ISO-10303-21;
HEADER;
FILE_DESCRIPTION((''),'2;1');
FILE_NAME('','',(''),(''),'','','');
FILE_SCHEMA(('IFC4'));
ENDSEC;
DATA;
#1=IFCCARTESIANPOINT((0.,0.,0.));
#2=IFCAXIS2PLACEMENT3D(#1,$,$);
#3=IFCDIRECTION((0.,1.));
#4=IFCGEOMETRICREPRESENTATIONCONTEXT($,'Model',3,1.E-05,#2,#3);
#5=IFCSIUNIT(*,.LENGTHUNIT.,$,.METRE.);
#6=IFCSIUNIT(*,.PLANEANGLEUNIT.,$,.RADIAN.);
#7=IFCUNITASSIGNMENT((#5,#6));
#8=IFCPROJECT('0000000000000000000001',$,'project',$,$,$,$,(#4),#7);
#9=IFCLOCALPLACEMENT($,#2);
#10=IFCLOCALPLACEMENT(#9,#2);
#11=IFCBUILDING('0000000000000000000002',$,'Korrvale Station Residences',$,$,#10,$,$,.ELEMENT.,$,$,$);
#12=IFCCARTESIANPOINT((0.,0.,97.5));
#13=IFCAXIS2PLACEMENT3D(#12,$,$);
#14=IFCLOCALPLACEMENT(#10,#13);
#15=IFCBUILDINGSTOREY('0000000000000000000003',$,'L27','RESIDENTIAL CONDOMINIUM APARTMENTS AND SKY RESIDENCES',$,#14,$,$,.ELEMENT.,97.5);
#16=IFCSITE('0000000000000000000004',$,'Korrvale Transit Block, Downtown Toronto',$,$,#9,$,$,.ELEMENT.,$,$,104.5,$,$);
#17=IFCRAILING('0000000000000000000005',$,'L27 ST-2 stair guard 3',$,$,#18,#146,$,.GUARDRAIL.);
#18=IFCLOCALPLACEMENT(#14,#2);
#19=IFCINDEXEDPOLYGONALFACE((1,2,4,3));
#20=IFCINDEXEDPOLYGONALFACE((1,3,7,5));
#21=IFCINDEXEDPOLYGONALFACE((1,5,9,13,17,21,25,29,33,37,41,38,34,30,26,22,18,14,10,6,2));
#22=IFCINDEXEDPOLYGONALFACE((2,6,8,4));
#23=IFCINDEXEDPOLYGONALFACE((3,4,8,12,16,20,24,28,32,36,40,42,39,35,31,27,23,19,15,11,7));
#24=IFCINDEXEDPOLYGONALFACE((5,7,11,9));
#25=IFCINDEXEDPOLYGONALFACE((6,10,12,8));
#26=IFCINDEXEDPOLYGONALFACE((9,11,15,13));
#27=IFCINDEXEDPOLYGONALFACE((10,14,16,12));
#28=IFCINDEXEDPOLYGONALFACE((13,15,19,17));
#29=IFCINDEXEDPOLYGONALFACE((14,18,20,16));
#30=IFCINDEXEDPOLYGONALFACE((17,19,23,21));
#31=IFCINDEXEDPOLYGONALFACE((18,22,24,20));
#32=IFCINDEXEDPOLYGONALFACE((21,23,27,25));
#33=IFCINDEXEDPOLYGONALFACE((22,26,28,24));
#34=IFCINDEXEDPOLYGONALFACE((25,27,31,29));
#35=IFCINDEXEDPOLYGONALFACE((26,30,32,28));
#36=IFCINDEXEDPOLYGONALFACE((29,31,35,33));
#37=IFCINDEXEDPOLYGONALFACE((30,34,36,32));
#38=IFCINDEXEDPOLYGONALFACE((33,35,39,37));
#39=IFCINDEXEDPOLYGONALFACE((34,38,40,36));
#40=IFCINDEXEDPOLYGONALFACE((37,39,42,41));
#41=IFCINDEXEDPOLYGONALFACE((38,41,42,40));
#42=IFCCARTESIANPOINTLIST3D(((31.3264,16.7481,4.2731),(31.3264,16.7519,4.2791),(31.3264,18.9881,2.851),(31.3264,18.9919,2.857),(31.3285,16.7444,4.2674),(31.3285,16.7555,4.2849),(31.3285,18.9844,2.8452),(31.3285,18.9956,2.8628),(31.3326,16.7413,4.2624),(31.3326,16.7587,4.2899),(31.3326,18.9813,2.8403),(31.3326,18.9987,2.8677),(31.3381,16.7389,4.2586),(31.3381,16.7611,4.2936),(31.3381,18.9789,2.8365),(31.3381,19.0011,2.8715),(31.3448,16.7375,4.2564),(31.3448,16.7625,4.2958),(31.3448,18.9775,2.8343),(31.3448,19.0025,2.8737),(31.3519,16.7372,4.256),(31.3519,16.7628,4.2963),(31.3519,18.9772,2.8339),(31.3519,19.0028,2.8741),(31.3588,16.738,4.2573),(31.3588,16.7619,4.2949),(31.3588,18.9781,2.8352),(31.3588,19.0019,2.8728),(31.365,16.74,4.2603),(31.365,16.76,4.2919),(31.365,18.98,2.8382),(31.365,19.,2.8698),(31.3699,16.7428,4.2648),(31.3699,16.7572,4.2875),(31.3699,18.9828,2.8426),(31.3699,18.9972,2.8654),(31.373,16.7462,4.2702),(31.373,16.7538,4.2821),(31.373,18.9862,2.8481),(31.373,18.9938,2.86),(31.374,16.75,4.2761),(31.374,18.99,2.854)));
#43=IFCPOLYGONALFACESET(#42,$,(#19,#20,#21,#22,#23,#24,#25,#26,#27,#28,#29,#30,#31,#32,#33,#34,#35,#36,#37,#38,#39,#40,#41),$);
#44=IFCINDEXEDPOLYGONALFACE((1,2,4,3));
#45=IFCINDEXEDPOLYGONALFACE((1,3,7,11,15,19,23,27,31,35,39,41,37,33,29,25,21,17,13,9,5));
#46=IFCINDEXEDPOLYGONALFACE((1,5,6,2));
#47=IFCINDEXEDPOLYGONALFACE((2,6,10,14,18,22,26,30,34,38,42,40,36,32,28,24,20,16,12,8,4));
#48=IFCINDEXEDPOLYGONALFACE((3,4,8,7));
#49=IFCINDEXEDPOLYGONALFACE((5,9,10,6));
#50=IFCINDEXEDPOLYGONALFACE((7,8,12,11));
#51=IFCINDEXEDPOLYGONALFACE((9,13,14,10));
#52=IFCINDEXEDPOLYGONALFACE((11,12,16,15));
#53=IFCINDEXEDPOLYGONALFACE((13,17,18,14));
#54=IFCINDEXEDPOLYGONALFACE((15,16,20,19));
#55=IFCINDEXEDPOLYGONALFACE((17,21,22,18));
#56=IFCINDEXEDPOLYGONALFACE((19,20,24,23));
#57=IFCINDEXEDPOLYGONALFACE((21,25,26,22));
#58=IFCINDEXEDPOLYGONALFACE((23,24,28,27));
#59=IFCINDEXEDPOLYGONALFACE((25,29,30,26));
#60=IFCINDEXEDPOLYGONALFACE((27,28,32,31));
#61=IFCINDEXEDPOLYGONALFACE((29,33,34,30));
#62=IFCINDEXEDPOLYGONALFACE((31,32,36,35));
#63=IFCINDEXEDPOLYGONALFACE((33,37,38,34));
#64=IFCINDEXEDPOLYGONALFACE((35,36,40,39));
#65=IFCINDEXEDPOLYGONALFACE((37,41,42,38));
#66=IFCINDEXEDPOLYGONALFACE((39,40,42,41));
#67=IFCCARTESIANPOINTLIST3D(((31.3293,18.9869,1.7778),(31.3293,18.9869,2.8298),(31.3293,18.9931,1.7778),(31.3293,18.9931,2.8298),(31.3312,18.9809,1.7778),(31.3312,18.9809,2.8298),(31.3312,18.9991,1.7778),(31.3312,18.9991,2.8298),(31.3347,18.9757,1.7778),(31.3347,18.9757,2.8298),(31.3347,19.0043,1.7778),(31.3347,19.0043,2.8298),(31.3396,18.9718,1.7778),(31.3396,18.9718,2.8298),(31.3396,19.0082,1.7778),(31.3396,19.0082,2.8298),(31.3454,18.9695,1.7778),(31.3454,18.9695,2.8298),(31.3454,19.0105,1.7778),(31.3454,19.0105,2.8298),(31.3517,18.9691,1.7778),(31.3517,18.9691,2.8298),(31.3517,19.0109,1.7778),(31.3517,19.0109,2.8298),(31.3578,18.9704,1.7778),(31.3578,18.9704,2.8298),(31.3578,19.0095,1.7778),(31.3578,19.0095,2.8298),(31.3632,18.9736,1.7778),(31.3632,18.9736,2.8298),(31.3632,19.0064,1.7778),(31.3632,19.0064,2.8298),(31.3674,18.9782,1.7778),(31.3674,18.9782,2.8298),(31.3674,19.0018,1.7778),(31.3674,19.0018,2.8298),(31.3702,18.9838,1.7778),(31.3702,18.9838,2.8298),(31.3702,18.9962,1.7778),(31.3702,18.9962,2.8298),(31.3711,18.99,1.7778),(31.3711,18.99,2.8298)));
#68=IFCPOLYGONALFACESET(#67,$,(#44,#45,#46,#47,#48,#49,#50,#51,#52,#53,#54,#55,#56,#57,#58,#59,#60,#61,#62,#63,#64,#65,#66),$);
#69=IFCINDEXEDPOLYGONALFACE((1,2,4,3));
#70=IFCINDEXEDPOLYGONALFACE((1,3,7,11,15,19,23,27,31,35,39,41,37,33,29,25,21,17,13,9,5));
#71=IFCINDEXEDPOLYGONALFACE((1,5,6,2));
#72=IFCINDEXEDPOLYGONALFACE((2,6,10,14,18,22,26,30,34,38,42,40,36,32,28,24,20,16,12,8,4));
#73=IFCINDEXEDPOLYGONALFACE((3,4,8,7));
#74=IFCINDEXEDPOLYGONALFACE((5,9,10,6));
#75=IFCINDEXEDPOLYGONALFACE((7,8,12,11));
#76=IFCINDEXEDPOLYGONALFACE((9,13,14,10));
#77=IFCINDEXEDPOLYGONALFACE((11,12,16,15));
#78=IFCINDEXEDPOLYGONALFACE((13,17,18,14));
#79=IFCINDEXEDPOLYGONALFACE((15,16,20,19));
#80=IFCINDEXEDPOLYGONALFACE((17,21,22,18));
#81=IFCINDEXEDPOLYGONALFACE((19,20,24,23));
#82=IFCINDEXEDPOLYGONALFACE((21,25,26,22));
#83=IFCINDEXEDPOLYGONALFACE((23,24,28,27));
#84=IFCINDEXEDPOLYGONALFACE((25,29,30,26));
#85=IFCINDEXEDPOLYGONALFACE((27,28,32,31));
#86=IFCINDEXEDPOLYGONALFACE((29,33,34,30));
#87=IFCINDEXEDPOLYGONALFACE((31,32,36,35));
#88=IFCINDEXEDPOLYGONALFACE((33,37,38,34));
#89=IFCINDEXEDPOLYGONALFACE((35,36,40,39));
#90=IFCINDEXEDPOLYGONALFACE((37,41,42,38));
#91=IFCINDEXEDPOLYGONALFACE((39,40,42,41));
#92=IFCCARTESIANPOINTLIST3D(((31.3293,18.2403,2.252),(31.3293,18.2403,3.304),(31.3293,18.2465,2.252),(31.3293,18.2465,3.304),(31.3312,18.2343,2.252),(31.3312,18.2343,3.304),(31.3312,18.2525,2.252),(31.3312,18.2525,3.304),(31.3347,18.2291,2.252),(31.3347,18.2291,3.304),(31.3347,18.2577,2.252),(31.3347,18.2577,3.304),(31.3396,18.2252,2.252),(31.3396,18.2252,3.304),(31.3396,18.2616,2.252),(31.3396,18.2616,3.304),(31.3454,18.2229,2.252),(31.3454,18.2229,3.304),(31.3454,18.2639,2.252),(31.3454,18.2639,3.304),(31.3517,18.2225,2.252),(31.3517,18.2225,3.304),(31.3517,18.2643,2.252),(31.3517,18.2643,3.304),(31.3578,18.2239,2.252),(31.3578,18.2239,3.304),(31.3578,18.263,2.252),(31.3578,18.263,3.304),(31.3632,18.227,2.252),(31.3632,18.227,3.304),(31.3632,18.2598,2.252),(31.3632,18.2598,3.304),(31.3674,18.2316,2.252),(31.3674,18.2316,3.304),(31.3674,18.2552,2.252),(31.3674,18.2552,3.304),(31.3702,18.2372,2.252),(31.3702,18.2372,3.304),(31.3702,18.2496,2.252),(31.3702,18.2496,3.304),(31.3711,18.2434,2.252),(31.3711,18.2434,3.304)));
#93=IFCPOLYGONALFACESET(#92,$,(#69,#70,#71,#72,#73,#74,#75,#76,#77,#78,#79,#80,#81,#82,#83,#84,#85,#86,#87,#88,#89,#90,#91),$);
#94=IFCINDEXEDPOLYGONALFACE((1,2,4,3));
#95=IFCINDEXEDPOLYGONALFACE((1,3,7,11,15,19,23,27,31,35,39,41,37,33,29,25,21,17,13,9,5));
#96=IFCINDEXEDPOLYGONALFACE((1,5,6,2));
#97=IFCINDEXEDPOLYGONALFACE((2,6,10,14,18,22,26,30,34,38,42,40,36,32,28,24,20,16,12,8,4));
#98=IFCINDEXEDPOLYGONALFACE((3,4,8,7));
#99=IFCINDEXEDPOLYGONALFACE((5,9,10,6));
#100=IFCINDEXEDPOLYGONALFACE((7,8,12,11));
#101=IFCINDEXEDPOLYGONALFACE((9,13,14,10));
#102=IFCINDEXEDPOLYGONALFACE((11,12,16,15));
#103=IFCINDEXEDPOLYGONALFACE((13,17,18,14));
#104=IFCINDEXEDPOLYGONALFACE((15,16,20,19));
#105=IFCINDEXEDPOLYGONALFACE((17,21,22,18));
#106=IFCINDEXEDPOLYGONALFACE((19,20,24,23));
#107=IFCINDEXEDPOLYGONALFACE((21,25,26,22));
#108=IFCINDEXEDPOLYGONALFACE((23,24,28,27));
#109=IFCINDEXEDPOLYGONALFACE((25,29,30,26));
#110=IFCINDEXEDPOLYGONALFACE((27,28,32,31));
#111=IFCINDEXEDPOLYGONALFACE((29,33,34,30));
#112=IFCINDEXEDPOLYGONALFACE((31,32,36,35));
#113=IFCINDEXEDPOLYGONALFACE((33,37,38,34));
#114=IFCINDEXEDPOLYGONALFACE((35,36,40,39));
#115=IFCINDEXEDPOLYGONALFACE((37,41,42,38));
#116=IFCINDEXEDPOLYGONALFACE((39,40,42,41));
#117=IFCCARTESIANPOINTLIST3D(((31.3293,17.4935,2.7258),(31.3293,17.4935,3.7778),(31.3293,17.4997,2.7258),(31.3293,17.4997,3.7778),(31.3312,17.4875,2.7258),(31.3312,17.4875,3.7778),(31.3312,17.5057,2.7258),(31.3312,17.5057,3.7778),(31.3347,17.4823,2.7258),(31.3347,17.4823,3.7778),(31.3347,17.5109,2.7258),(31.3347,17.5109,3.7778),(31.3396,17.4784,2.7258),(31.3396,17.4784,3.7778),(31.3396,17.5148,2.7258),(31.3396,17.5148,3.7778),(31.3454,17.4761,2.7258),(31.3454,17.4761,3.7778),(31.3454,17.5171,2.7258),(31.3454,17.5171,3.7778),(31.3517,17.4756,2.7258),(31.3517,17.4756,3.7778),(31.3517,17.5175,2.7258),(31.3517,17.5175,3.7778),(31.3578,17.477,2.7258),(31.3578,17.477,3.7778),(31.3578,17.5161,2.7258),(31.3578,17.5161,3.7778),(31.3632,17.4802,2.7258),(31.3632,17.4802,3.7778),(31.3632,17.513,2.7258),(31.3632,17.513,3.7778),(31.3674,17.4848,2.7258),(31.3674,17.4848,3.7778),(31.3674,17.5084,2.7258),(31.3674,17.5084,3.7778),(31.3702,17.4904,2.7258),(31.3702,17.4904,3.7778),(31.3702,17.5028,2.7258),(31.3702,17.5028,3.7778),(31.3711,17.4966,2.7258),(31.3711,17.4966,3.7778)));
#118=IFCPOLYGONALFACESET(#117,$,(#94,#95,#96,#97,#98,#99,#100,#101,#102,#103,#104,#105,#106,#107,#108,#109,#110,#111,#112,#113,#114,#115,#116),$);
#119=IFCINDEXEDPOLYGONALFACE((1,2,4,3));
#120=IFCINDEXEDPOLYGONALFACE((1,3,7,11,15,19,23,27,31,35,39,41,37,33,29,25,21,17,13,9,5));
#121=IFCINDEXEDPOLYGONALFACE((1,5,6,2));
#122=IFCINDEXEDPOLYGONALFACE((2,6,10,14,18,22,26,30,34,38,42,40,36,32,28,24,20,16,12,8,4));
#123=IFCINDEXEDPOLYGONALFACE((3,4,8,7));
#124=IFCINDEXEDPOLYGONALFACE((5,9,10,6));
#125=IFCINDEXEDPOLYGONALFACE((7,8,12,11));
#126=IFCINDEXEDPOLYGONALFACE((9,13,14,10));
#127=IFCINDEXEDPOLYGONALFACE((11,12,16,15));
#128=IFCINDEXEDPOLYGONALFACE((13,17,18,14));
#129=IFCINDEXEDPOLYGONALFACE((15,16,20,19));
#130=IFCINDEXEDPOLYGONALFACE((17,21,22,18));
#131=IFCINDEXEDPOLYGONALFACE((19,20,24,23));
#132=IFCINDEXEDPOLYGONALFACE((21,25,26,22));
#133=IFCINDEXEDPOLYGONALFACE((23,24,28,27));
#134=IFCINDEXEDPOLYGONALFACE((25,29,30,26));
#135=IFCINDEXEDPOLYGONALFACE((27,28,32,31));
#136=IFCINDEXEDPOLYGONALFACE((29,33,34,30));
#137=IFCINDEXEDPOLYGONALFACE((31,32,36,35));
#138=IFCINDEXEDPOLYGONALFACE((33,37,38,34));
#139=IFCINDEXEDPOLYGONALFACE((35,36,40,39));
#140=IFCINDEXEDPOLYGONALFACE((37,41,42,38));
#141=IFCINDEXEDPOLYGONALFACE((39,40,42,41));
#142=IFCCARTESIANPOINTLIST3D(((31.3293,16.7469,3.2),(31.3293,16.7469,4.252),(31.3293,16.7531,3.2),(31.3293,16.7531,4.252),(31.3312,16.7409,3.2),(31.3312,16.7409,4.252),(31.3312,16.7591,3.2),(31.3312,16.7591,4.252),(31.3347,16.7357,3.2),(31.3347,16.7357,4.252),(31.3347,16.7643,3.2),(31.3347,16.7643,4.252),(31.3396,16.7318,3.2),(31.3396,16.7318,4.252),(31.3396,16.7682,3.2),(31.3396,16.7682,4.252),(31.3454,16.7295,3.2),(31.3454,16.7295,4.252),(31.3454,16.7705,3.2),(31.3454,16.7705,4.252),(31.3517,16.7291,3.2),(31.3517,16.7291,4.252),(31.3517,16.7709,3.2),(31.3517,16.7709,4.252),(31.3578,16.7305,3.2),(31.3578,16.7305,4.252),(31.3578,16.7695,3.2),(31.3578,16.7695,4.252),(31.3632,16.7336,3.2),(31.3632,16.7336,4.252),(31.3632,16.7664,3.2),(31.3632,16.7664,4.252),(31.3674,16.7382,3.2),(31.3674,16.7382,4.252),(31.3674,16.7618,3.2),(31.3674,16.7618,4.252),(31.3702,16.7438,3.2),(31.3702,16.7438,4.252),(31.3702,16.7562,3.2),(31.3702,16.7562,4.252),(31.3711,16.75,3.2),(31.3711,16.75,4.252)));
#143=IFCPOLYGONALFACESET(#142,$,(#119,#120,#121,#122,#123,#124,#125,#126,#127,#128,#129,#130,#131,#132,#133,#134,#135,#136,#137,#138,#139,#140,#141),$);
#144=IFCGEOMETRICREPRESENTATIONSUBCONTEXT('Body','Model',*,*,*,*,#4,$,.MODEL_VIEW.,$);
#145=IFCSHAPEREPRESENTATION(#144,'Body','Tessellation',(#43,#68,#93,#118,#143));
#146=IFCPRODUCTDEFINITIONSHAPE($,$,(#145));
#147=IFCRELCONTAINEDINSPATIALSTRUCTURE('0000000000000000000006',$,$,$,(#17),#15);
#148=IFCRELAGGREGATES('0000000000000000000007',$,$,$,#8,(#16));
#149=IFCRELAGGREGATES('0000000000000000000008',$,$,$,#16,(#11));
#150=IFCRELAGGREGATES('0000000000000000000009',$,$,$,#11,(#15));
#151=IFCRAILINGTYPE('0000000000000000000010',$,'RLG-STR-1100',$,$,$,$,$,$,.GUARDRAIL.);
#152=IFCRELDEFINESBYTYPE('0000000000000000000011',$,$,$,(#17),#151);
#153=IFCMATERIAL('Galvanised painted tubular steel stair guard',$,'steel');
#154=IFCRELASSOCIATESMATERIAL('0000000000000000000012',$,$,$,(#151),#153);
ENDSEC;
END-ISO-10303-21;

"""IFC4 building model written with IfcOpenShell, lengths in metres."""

from ifc_helpers import new_model, si_unit, direction, frame, origin, origin_2d, place, context, subcontext, project, spatial, circle, extrude, material, type_object, element, save


model = new_model("IFC4")

# Units and contexts
model_context = context("Model", 3, precision=1e-05, world=origin(), true_north=direction((0.0, 1.0)))
body_context = subcontext(model_context, "Body", "Model", "MODEL_VIEW")
ifc_project = project(units=[si_unit("LENGTHUNIT", "METRE"), si_unit("PLANEANGLEUNIT", "RADIAN")], contexts=[model_context])

# Site, building, storey
site_placement = place(None, origin())
site = spatial("IfcSite", under=ifc_project, at=site_placement, Name="Korrvale Transit Block, Downtown Toronto", CompositionType="ELEMENT", RefElevation=104.5)
building_placement = place(site_placement, origin())
building = spatial("IfcBuilding", under=site, at=building_placement, Name="Korrvale Station Residences", CompositionType="ELEMENT")
storey_placement = place(building_placement, frame((0.0, 0.0, 97.5)))
storey = spatial("IfcBuildingStorey", under=building, at=storey_placement, Name="L27", Description="RESIDENTIAL CONDOMINIUM APARTMENTS AND SKY RESIDENCES", CompositionType="ELEMENT", Elevation=97.5)

# Railing
ifc_material_1 = material(Name="Galvanised painted tubular steel stair guard", Category="steel")
railing_type_1 = type_object("IfcRailingType", Name="RLG-STR-1100", PredefinedType="GUARDRAIL", material=ifc_material_1)
railing_1_placement = place(storey_placement, frame((31.3501, 18.99, 1.7778)))
element("IfcRailing", 1, at=railing_1_placement, inside=storey, type_object=railing_type_1, Name="L27 ST-2 stair guard 3", PredefinedType="GUARDRAIL", context=body_context, shape_type="SweptSolid", body=[
    extrude(circle(Radius=0.0239, at=origin_2d()), frame((0.0, 0.0, 1.0762), z_axis=(0.0, -0.844229, 0.535982), x_axis=(1.0, 0.0, 0.0)), (0.0, 0.0, 1.0), 2.6533),
    extrude(circle(Radius=0.021, at=origin_2d()), origin(), (0.0, 0.0, 1.0), 1.052),
    extrude(circle(Radius=0.021, at=origin_2d()), frame((0.0, -0.7466, 0.4741)), (0.0, 0.0, 1.0), 1.052),
    extrude(circle(Radius=0.021, at=origin_2d()), frame((0.0, -1.4934, 0.948)), (0.0, 0.0, 1.0), 1.052),
    extrude(circle(Radius=0.021, at=origin_2d()), frame((0.0, -2.24, 1.4221)), (0.0, 0.0, 1.0), 1.052),
])

save(model, "model.ifc")
